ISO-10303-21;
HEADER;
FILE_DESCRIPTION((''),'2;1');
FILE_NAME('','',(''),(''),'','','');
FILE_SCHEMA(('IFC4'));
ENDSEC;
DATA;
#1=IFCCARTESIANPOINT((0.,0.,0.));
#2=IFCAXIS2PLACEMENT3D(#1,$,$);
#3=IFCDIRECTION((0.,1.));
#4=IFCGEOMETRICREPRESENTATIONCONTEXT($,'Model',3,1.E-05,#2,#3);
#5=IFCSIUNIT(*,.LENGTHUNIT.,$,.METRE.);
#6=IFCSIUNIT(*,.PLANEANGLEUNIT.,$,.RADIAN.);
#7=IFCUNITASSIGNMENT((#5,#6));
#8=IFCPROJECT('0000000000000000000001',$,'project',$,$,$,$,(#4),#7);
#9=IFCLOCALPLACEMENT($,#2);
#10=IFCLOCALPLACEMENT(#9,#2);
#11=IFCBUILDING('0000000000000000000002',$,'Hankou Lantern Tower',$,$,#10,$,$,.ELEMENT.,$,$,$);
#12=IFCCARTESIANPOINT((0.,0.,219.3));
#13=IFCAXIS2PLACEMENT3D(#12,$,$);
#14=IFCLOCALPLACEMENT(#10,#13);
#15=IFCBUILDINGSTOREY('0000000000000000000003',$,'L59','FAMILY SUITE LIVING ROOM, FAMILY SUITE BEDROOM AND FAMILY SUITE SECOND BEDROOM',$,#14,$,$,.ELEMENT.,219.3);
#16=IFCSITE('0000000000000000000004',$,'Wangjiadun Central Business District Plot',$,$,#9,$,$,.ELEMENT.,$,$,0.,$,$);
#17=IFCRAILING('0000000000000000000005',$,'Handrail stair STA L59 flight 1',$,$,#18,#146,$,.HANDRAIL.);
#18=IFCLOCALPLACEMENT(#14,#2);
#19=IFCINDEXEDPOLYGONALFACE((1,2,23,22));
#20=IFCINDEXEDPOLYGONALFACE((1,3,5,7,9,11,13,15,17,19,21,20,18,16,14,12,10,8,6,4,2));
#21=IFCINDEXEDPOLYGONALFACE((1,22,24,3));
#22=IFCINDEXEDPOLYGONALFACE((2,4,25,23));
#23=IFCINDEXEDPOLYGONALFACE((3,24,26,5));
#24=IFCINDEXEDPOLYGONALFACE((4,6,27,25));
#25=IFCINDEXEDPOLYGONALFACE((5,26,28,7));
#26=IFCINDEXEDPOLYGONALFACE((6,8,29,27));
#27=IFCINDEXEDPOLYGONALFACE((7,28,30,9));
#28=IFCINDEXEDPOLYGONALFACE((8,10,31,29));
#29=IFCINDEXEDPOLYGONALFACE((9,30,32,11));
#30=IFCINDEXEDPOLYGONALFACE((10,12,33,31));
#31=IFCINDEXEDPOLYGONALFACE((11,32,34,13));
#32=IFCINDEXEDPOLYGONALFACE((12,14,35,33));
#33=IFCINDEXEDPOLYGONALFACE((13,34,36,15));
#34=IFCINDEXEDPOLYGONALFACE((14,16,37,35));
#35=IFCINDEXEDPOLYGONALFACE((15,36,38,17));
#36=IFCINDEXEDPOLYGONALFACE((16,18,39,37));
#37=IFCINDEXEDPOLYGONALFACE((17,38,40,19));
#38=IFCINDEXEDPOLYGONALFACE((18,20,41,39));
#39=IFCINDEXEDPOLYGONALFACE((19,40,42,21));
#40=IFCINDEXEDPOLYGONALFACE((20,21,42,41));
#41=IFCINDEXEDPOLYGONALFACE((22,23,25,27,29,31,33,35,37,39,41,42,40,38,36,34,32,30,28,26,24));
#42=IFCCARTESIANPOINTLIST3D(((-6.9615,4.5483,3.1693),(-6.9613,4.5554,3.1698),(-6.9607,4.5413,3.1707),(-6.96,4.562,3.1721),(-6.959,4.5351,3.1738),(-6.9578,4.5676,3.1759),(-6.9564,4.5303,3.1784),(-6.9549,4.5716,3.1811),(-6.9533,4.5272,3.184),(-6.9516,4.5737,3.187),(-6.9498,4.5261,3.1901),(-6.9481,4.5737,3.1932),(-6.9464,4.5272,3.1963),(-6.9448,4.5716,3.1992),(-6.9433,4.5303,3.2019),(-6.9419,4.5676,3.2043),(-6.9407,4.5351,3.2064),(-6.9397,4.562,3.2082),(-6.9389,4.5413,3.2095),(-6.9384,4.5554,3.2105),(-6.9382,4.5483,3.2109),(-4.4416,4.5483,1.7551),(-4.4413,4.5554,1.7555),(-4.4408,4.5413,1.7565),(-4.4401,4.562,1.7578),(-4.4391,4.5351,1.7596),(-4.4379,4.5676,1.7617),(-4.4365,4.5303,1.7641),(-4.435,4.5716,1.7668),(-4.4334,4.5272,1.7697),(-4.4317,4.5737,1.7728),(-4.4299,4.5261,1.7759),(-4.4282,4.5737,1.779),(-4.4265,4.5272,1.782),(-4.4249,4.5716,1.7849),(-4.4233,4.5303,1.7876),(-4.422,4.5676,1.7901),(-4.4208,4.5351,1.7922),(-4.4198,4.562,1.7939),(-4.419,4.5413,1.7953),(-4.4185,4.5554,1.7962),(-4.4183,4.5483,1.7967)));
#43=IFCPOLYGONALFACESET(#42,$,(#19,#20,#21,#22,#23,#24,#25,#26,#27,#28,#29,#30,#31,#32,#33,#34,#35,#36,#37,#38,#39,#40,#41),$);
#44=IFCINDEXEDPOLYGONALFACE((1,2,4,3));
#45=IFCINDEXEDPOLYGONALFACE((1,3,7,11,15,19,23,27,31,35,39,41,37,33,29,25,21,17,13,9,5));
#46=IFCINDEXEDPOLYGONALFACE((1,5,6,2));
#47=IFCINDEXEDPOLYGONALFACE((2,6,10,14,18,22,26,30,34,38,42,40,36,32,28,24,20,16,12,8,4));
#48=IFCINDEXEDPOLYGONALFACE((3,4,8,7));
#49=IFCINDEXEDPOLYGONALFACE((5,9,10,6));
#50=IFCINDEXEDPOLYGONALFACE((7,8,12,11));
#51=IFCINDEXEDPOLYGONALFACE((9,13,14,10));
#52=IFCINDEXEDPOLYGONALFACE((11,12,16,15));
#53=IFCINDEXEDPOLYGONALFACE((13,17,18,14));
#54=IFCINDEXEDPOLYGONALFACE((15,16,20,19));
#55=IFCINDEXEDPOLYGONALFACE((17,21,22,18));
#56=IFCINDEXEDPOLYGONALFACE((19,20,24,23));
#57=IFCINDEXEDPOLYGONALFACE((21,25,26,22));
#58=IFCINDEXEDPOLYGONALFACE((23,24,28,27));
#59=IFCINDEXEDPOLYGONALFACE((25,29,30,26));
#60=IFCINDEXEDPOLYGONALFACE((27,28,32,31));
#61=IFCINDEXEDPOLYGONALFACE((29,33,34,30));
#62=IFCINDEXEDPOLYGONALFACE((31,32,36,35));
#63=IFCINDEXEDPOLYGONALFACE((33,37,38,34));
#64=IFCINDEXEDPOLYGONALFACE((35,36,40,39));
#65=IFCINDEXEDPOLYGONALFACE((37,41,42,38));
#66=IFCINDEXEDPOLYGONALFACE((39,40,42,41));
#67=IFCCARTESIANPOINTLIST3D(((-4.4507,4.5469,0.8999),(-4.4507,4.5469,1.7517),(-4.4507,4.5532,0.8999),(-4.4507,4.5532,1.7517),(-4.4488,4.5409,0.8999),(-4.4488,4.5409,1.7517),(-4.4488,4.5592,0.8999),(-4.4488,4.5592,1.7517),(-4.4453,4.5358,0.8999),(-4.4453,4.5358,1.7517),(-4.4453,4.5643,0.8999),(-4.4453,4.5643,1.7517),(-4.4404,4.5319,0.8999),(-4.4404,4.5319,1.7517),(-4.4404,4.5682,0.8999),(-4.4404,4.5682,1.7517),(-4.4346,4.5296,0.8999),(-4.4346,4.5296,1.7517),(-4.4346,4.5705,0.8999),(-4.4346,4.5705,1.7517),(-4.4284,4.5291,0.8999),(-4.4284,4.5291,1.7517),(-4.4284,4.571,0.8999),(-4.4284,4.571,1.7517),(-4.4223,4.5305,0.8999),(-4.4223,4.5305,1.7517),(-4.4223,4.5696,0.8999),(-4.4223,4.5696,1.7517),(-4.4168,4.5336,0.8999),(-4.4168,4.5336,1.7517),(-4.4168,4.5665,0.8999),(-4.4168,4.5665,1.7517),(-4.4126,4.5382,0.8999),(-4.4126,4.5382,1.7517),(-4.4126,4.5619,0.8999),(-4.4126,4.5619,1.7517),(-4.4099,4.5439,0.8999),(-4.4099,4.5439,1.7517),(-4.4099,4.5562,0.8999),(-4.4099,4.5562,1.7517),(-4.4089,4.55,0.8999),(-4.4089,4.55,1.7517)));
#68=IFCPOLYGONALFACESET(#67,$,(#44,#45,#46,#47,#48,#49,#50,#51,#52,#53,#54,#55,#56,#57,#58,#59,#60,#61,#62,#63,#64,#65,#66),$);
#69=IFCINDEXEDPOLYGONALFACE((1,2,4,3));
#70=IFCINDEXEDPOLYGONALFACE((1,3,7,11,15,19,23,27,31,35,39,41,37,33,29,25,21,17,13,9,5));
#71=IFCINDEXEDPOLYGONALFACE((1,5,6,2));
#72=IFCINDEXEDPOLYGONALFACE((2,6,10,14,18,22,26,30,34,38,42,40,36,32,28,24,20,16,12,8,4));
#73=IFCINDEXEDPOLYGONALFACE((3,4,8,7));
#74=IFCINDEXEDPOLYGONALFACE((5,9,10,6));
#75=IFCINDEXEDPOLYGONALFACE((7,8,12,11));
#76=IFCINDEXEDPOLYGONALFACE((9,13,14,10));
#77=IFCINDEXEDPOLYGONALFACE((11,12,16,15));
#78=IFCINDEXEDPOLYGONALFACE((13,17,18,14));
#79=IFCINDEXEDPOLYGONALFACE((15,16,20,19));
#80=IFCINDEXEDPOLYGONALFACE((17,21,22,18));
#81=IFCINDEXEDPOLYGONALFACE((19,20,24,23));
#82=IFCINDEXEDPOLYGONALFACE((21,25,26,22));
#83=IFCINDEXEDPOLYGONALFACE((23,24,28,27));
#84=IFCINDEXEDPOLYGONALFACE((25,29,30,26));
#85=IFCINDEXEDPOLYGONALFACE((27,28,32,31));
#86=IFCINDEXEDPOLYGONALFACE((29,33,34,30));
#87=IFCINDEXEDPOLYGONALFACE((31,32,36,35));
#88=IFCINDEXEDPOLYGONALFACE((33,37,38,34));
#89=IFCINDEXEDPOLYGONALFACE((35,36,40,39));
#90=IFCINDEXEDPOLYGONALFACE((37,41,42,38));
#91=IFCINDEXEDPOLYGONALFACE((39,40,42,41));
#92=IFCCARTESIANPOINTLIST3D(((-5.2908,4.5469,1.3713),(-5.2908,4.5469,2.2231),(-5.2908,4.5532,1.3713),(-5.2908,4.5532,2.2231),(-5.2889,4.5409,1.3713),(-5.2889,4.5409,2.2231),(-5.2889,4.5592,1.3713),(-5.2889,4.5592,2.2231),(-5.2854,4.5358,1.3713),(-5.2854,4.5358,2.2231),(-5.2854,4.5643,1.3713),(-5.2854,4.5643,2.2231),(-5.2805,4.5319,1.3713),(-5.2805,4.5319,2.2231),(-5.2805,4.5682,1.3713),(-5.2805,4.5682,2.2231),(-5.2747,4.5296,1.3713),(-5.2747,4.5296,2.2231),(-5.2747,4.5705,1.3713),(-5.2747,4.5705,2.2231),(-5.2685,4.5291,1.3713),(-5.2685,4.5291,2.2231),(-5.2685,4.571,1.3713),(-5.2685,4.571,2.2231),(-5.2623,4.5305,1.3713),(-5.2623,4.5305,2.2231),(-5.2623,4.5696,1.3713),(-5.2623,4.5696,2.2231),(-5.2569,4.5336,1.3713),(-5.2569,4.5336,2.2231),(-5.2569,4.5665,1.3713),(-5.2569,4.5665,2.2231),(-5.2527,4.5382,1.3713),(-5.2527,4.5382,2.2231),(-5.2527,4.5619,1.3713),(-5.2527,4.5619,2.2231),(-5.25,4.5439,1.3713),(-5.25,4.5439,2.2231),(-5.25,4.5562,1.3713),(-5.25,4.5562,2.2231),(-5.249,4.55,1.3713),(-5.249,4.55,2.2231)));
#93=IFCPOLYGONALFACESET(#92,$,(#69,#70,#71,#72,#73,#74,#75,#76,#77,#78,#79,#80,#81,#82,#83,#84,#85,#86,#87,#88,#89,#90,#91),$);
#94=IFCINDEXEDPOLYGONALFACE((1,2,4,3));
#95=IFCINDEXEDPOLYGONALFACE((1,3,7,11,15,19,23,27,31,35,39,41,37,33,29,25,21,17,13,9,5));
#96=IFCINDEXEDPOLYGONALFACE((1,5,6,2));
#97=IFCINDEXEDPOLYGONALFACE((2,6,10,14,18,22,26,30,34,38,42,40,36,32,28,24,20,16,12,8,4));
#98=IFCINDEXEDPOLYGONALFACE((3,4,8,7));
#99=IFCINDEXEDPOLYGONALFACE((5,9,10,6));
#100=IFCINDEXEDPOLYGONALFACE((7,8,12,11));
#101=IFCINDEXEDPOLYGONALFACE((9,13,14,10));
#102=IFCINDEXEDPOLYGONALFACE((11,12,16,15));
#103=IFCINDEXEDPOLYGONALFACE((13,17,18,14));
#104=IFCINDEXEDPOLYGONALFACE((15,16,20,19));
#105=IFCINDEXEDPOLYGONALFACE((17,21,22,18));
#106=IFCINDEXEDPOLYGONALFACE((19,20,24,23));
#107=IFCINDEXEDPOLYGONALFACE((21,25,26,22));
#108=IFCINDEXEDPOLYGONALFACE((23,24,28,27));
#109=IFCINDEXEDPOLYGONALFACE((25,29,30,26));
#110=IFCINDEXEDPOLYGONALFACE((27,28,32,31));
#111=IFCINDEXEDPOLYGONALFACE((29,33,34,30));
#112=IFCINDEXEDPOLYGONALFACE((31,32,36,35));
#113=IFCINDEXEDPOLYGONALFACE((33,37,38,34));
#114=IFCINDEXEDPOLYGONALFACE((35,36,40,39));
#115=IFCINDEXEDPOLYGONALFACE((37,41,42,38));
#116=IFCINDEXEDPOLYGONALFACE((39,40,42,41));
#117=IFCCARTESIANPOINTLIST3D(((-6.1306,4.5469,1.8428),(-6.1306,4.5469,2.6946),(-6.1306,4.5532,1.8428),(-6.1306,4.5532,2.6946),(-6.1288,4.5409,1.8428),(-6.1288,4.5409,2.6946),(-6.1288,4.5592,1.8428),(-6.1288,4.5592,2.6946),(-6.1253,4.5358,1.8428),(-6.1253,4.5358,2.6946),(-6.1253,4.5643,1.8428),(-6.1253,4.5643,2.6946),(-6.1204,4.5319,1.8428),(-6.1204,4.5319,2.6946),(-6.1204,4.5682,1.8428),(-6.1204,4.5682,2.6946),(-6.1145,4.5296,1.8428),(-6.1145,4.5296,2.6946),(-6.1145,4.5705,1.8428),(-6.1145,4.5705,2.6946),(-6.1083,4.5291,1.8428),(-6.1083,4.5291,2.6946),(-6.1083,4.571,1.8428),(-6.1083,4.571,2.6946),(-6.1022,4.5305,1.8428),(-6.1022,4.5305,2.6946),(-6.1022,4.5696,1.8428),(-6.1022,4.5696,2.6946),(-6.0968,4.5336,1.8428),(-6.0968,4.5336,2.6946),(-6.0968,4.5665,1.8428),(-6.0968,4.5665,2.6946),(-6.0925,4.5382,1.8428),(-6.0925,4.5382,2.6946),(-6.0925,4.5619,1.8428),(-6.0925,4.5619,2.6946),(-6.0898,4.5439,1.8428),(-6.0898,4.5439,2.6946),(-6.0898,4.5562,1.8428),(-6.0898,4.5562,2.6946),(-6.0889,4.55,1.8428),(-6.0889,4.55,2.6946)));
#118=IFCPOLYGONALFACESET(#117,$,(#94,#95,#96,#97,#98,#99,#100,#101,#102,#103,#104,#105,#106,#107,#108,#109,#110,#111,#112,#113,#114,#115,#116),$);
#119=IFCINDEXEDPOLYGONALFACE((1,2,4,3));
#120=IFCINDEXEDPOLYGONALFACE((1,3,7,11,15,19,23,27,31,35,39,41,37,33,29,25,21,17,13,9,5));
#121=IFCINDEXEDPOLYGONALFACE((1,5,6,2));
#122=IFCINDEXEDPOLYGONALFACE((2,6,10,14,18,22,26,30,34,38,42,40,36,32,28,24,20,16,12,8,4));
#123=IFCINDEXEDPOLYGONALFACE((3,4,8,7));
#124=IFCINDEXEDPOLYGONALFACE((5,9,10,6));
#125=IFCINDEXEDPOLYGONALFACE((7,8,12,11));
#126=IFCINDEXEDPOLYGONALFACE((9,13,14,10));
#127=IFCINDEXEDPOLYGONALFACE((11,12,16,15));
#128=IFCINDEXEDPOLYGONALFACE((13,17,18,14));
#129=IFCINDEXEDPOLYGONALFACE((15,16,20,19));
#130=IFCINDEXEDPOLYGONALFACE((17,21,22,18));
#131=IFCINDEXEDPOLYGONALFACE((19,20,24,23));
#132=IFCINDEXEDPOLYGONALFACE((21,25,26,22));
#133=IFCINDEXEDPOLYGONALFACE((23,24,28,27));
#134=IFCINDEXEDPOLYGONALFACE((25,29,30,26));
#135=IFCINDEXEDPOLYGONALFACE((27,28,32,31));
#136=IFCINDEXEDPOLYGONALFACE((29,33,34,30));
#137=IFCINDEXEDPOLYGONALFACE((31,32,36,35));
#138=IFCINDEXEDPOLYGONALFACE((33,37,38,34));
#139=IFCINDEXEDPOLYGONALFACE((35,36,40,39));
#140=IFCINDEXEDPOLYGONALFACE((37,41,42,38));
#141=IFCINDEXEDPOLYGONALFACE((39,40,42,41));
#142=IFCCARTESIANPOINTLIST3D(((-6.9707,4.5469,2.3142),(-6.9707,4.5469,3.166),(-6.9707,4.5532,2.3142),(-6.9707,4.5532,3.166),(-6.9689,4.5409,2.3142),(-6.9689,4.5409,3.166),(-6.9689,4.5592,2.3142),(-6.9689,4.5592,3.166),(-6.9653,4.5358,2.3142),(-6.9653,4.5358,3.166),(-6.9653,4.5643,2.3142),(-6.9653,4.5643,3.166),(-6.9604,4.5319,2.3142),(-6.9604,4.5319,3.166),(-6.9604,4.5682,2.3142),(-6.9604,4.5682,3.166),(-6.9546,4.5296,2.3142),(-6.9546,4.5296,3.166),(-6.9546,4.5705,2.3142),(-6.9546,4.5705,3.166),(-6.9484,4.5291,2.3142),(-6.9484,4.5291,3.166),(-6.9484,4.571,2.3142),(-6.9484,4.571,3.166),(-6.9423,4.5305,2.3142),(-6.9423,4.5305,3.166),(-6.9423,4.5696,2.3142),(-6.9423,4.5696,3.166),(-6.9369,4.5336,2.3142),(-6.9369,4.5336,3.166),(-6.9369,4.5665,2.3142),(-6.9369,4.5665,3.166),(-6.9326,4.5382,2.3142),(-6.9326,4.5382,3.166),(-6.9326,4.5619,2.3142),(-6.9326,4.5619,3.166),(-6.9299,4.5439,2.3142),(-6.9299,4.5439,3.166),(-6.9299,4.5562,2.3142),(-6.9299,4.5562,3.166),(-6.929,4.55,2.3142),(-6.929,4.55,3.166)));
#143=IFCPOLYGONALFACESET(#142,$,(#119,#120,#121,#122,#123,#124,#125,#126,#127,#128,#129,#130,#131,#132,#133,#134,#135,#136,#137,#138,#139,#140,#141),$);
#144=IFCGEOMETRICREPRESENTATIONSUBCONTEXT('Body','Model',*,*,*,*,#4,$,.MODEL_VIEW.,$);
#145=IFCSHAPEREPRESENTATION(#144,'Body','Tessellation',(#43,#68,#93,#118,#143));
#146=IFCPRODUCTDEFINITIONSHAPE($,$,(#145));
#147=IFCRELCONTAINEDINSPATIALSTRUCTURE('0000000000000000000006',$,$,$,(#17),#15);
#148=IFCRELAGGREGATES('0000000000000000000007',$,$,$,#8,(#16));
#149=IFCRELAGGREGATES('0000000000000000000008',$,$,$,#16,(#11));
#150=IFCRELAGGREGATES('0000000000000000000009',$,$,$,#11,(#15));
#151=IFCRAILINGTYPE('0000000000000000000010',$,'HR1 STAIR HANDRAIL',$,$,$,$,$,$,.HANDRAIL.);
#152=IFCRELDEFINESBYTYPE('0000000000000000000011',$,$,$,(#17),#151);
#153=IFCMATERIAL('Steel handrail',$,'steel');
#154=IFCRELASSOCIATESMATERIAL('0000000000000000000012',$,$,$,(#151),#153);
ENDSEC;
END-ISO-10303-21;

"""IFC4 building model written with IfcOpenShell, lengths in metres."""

from ifc_helpers import new_model, si_unit, direction, frame, origin, origin_2d, place, context, subcontext, project, spatial, circle, extrude, material, type_object, element, save


model = new_model("IFC4")

# Units and contexts
model_context = context("Model", 3, precision=1e-05, world=origin(), true_north=direction((0.0, 1.0)))
body_context = subcontext(model_context, "Body", "Model", "MODEL_VIEW")
ifc_project = project(units=[si_unit("LENGTHUNIT", "METRE"), si_unit("PLANEANGLEUNIT", "RADIAN")], contexts=[model_context])

# Site, building, storey
site_placement = place(None, origin())
site = spatial("IfcSite", under=ifc_project, at=site_placement, Name="Wangjiadun Central Business District Plot", CompositionType="ELEMENT", RefElevation=0.0)
building_placement = place(site_placement, origin())
building = spatial("IfcBuilding", under=site, at=building_placement, Name="Hankou Lantern Tower", CompositionType="ELEMENT")
storey_placement = place(building_placement, frame((0.0, 0.0, 219.3)))
storey = spatial("IfcBuildingStorey", under=building, at=storey_placement, Name="L59", Description="FAMILY SUITE LIVING ROOM, FAMILY SUITE BEDROOM AND FAMILY SUITE SECOND BEDROOM", CompositionType="ELEMENT", Elevation=219.3)

# Railing
ifc_material_1 = material(Name="Steel handrail", Category="steel")
railing_type = type_object("IfcRailingType", Name="HR1 STAIR HANDRAIL", PredefinedType="HANDRAIL", material=ifc_material_1)
railing_1_placement = place(storey_placement, frame((-4.4299, 4.55, 0.8999)))
element("IfcRailing", 1, at=railing_1_placement, inside=storey, type_object=railing_type, Name="Handrail stair STA L59 flight 1", PredefinedType="HANDRAIL", context=body_context, shape_type="SweptSolid", body=[
    extrude(circle(Radius=0.0239, at=origin_2d()), frame((0.0, 0.0, 0.876), z_axis=(-0.872049, 0.0, 0.489419), x_axis=(0.0, -1.0, 0.0)), (0.0, 0.0, 1.0), 2.8896),
    extrude(circle(Radius=0.021, at=origin_2d()), origin(), (0.0, 0.0, 1.0), 0.8518),
    extrude(circle(Radius=0.021, at=origin_2d()), frame((-0.8401, 0.0, 0.4714)), (0.0, 0.0, 1.0), 0.8518),
    extrude(circle(Radius=0.021, at=origin_2d()), frame((-1.6799, 0.0, 0.9429)), (0.0, 0.0, 1.0), 0.8518),
    extrude(circle(Radius=0.021, at=origin_2d()), frame((-2.52, 0.0, 1.4143)), (0.0, 0.0, 1.0), 0.8518),
])

save(model, "model.ifc")
